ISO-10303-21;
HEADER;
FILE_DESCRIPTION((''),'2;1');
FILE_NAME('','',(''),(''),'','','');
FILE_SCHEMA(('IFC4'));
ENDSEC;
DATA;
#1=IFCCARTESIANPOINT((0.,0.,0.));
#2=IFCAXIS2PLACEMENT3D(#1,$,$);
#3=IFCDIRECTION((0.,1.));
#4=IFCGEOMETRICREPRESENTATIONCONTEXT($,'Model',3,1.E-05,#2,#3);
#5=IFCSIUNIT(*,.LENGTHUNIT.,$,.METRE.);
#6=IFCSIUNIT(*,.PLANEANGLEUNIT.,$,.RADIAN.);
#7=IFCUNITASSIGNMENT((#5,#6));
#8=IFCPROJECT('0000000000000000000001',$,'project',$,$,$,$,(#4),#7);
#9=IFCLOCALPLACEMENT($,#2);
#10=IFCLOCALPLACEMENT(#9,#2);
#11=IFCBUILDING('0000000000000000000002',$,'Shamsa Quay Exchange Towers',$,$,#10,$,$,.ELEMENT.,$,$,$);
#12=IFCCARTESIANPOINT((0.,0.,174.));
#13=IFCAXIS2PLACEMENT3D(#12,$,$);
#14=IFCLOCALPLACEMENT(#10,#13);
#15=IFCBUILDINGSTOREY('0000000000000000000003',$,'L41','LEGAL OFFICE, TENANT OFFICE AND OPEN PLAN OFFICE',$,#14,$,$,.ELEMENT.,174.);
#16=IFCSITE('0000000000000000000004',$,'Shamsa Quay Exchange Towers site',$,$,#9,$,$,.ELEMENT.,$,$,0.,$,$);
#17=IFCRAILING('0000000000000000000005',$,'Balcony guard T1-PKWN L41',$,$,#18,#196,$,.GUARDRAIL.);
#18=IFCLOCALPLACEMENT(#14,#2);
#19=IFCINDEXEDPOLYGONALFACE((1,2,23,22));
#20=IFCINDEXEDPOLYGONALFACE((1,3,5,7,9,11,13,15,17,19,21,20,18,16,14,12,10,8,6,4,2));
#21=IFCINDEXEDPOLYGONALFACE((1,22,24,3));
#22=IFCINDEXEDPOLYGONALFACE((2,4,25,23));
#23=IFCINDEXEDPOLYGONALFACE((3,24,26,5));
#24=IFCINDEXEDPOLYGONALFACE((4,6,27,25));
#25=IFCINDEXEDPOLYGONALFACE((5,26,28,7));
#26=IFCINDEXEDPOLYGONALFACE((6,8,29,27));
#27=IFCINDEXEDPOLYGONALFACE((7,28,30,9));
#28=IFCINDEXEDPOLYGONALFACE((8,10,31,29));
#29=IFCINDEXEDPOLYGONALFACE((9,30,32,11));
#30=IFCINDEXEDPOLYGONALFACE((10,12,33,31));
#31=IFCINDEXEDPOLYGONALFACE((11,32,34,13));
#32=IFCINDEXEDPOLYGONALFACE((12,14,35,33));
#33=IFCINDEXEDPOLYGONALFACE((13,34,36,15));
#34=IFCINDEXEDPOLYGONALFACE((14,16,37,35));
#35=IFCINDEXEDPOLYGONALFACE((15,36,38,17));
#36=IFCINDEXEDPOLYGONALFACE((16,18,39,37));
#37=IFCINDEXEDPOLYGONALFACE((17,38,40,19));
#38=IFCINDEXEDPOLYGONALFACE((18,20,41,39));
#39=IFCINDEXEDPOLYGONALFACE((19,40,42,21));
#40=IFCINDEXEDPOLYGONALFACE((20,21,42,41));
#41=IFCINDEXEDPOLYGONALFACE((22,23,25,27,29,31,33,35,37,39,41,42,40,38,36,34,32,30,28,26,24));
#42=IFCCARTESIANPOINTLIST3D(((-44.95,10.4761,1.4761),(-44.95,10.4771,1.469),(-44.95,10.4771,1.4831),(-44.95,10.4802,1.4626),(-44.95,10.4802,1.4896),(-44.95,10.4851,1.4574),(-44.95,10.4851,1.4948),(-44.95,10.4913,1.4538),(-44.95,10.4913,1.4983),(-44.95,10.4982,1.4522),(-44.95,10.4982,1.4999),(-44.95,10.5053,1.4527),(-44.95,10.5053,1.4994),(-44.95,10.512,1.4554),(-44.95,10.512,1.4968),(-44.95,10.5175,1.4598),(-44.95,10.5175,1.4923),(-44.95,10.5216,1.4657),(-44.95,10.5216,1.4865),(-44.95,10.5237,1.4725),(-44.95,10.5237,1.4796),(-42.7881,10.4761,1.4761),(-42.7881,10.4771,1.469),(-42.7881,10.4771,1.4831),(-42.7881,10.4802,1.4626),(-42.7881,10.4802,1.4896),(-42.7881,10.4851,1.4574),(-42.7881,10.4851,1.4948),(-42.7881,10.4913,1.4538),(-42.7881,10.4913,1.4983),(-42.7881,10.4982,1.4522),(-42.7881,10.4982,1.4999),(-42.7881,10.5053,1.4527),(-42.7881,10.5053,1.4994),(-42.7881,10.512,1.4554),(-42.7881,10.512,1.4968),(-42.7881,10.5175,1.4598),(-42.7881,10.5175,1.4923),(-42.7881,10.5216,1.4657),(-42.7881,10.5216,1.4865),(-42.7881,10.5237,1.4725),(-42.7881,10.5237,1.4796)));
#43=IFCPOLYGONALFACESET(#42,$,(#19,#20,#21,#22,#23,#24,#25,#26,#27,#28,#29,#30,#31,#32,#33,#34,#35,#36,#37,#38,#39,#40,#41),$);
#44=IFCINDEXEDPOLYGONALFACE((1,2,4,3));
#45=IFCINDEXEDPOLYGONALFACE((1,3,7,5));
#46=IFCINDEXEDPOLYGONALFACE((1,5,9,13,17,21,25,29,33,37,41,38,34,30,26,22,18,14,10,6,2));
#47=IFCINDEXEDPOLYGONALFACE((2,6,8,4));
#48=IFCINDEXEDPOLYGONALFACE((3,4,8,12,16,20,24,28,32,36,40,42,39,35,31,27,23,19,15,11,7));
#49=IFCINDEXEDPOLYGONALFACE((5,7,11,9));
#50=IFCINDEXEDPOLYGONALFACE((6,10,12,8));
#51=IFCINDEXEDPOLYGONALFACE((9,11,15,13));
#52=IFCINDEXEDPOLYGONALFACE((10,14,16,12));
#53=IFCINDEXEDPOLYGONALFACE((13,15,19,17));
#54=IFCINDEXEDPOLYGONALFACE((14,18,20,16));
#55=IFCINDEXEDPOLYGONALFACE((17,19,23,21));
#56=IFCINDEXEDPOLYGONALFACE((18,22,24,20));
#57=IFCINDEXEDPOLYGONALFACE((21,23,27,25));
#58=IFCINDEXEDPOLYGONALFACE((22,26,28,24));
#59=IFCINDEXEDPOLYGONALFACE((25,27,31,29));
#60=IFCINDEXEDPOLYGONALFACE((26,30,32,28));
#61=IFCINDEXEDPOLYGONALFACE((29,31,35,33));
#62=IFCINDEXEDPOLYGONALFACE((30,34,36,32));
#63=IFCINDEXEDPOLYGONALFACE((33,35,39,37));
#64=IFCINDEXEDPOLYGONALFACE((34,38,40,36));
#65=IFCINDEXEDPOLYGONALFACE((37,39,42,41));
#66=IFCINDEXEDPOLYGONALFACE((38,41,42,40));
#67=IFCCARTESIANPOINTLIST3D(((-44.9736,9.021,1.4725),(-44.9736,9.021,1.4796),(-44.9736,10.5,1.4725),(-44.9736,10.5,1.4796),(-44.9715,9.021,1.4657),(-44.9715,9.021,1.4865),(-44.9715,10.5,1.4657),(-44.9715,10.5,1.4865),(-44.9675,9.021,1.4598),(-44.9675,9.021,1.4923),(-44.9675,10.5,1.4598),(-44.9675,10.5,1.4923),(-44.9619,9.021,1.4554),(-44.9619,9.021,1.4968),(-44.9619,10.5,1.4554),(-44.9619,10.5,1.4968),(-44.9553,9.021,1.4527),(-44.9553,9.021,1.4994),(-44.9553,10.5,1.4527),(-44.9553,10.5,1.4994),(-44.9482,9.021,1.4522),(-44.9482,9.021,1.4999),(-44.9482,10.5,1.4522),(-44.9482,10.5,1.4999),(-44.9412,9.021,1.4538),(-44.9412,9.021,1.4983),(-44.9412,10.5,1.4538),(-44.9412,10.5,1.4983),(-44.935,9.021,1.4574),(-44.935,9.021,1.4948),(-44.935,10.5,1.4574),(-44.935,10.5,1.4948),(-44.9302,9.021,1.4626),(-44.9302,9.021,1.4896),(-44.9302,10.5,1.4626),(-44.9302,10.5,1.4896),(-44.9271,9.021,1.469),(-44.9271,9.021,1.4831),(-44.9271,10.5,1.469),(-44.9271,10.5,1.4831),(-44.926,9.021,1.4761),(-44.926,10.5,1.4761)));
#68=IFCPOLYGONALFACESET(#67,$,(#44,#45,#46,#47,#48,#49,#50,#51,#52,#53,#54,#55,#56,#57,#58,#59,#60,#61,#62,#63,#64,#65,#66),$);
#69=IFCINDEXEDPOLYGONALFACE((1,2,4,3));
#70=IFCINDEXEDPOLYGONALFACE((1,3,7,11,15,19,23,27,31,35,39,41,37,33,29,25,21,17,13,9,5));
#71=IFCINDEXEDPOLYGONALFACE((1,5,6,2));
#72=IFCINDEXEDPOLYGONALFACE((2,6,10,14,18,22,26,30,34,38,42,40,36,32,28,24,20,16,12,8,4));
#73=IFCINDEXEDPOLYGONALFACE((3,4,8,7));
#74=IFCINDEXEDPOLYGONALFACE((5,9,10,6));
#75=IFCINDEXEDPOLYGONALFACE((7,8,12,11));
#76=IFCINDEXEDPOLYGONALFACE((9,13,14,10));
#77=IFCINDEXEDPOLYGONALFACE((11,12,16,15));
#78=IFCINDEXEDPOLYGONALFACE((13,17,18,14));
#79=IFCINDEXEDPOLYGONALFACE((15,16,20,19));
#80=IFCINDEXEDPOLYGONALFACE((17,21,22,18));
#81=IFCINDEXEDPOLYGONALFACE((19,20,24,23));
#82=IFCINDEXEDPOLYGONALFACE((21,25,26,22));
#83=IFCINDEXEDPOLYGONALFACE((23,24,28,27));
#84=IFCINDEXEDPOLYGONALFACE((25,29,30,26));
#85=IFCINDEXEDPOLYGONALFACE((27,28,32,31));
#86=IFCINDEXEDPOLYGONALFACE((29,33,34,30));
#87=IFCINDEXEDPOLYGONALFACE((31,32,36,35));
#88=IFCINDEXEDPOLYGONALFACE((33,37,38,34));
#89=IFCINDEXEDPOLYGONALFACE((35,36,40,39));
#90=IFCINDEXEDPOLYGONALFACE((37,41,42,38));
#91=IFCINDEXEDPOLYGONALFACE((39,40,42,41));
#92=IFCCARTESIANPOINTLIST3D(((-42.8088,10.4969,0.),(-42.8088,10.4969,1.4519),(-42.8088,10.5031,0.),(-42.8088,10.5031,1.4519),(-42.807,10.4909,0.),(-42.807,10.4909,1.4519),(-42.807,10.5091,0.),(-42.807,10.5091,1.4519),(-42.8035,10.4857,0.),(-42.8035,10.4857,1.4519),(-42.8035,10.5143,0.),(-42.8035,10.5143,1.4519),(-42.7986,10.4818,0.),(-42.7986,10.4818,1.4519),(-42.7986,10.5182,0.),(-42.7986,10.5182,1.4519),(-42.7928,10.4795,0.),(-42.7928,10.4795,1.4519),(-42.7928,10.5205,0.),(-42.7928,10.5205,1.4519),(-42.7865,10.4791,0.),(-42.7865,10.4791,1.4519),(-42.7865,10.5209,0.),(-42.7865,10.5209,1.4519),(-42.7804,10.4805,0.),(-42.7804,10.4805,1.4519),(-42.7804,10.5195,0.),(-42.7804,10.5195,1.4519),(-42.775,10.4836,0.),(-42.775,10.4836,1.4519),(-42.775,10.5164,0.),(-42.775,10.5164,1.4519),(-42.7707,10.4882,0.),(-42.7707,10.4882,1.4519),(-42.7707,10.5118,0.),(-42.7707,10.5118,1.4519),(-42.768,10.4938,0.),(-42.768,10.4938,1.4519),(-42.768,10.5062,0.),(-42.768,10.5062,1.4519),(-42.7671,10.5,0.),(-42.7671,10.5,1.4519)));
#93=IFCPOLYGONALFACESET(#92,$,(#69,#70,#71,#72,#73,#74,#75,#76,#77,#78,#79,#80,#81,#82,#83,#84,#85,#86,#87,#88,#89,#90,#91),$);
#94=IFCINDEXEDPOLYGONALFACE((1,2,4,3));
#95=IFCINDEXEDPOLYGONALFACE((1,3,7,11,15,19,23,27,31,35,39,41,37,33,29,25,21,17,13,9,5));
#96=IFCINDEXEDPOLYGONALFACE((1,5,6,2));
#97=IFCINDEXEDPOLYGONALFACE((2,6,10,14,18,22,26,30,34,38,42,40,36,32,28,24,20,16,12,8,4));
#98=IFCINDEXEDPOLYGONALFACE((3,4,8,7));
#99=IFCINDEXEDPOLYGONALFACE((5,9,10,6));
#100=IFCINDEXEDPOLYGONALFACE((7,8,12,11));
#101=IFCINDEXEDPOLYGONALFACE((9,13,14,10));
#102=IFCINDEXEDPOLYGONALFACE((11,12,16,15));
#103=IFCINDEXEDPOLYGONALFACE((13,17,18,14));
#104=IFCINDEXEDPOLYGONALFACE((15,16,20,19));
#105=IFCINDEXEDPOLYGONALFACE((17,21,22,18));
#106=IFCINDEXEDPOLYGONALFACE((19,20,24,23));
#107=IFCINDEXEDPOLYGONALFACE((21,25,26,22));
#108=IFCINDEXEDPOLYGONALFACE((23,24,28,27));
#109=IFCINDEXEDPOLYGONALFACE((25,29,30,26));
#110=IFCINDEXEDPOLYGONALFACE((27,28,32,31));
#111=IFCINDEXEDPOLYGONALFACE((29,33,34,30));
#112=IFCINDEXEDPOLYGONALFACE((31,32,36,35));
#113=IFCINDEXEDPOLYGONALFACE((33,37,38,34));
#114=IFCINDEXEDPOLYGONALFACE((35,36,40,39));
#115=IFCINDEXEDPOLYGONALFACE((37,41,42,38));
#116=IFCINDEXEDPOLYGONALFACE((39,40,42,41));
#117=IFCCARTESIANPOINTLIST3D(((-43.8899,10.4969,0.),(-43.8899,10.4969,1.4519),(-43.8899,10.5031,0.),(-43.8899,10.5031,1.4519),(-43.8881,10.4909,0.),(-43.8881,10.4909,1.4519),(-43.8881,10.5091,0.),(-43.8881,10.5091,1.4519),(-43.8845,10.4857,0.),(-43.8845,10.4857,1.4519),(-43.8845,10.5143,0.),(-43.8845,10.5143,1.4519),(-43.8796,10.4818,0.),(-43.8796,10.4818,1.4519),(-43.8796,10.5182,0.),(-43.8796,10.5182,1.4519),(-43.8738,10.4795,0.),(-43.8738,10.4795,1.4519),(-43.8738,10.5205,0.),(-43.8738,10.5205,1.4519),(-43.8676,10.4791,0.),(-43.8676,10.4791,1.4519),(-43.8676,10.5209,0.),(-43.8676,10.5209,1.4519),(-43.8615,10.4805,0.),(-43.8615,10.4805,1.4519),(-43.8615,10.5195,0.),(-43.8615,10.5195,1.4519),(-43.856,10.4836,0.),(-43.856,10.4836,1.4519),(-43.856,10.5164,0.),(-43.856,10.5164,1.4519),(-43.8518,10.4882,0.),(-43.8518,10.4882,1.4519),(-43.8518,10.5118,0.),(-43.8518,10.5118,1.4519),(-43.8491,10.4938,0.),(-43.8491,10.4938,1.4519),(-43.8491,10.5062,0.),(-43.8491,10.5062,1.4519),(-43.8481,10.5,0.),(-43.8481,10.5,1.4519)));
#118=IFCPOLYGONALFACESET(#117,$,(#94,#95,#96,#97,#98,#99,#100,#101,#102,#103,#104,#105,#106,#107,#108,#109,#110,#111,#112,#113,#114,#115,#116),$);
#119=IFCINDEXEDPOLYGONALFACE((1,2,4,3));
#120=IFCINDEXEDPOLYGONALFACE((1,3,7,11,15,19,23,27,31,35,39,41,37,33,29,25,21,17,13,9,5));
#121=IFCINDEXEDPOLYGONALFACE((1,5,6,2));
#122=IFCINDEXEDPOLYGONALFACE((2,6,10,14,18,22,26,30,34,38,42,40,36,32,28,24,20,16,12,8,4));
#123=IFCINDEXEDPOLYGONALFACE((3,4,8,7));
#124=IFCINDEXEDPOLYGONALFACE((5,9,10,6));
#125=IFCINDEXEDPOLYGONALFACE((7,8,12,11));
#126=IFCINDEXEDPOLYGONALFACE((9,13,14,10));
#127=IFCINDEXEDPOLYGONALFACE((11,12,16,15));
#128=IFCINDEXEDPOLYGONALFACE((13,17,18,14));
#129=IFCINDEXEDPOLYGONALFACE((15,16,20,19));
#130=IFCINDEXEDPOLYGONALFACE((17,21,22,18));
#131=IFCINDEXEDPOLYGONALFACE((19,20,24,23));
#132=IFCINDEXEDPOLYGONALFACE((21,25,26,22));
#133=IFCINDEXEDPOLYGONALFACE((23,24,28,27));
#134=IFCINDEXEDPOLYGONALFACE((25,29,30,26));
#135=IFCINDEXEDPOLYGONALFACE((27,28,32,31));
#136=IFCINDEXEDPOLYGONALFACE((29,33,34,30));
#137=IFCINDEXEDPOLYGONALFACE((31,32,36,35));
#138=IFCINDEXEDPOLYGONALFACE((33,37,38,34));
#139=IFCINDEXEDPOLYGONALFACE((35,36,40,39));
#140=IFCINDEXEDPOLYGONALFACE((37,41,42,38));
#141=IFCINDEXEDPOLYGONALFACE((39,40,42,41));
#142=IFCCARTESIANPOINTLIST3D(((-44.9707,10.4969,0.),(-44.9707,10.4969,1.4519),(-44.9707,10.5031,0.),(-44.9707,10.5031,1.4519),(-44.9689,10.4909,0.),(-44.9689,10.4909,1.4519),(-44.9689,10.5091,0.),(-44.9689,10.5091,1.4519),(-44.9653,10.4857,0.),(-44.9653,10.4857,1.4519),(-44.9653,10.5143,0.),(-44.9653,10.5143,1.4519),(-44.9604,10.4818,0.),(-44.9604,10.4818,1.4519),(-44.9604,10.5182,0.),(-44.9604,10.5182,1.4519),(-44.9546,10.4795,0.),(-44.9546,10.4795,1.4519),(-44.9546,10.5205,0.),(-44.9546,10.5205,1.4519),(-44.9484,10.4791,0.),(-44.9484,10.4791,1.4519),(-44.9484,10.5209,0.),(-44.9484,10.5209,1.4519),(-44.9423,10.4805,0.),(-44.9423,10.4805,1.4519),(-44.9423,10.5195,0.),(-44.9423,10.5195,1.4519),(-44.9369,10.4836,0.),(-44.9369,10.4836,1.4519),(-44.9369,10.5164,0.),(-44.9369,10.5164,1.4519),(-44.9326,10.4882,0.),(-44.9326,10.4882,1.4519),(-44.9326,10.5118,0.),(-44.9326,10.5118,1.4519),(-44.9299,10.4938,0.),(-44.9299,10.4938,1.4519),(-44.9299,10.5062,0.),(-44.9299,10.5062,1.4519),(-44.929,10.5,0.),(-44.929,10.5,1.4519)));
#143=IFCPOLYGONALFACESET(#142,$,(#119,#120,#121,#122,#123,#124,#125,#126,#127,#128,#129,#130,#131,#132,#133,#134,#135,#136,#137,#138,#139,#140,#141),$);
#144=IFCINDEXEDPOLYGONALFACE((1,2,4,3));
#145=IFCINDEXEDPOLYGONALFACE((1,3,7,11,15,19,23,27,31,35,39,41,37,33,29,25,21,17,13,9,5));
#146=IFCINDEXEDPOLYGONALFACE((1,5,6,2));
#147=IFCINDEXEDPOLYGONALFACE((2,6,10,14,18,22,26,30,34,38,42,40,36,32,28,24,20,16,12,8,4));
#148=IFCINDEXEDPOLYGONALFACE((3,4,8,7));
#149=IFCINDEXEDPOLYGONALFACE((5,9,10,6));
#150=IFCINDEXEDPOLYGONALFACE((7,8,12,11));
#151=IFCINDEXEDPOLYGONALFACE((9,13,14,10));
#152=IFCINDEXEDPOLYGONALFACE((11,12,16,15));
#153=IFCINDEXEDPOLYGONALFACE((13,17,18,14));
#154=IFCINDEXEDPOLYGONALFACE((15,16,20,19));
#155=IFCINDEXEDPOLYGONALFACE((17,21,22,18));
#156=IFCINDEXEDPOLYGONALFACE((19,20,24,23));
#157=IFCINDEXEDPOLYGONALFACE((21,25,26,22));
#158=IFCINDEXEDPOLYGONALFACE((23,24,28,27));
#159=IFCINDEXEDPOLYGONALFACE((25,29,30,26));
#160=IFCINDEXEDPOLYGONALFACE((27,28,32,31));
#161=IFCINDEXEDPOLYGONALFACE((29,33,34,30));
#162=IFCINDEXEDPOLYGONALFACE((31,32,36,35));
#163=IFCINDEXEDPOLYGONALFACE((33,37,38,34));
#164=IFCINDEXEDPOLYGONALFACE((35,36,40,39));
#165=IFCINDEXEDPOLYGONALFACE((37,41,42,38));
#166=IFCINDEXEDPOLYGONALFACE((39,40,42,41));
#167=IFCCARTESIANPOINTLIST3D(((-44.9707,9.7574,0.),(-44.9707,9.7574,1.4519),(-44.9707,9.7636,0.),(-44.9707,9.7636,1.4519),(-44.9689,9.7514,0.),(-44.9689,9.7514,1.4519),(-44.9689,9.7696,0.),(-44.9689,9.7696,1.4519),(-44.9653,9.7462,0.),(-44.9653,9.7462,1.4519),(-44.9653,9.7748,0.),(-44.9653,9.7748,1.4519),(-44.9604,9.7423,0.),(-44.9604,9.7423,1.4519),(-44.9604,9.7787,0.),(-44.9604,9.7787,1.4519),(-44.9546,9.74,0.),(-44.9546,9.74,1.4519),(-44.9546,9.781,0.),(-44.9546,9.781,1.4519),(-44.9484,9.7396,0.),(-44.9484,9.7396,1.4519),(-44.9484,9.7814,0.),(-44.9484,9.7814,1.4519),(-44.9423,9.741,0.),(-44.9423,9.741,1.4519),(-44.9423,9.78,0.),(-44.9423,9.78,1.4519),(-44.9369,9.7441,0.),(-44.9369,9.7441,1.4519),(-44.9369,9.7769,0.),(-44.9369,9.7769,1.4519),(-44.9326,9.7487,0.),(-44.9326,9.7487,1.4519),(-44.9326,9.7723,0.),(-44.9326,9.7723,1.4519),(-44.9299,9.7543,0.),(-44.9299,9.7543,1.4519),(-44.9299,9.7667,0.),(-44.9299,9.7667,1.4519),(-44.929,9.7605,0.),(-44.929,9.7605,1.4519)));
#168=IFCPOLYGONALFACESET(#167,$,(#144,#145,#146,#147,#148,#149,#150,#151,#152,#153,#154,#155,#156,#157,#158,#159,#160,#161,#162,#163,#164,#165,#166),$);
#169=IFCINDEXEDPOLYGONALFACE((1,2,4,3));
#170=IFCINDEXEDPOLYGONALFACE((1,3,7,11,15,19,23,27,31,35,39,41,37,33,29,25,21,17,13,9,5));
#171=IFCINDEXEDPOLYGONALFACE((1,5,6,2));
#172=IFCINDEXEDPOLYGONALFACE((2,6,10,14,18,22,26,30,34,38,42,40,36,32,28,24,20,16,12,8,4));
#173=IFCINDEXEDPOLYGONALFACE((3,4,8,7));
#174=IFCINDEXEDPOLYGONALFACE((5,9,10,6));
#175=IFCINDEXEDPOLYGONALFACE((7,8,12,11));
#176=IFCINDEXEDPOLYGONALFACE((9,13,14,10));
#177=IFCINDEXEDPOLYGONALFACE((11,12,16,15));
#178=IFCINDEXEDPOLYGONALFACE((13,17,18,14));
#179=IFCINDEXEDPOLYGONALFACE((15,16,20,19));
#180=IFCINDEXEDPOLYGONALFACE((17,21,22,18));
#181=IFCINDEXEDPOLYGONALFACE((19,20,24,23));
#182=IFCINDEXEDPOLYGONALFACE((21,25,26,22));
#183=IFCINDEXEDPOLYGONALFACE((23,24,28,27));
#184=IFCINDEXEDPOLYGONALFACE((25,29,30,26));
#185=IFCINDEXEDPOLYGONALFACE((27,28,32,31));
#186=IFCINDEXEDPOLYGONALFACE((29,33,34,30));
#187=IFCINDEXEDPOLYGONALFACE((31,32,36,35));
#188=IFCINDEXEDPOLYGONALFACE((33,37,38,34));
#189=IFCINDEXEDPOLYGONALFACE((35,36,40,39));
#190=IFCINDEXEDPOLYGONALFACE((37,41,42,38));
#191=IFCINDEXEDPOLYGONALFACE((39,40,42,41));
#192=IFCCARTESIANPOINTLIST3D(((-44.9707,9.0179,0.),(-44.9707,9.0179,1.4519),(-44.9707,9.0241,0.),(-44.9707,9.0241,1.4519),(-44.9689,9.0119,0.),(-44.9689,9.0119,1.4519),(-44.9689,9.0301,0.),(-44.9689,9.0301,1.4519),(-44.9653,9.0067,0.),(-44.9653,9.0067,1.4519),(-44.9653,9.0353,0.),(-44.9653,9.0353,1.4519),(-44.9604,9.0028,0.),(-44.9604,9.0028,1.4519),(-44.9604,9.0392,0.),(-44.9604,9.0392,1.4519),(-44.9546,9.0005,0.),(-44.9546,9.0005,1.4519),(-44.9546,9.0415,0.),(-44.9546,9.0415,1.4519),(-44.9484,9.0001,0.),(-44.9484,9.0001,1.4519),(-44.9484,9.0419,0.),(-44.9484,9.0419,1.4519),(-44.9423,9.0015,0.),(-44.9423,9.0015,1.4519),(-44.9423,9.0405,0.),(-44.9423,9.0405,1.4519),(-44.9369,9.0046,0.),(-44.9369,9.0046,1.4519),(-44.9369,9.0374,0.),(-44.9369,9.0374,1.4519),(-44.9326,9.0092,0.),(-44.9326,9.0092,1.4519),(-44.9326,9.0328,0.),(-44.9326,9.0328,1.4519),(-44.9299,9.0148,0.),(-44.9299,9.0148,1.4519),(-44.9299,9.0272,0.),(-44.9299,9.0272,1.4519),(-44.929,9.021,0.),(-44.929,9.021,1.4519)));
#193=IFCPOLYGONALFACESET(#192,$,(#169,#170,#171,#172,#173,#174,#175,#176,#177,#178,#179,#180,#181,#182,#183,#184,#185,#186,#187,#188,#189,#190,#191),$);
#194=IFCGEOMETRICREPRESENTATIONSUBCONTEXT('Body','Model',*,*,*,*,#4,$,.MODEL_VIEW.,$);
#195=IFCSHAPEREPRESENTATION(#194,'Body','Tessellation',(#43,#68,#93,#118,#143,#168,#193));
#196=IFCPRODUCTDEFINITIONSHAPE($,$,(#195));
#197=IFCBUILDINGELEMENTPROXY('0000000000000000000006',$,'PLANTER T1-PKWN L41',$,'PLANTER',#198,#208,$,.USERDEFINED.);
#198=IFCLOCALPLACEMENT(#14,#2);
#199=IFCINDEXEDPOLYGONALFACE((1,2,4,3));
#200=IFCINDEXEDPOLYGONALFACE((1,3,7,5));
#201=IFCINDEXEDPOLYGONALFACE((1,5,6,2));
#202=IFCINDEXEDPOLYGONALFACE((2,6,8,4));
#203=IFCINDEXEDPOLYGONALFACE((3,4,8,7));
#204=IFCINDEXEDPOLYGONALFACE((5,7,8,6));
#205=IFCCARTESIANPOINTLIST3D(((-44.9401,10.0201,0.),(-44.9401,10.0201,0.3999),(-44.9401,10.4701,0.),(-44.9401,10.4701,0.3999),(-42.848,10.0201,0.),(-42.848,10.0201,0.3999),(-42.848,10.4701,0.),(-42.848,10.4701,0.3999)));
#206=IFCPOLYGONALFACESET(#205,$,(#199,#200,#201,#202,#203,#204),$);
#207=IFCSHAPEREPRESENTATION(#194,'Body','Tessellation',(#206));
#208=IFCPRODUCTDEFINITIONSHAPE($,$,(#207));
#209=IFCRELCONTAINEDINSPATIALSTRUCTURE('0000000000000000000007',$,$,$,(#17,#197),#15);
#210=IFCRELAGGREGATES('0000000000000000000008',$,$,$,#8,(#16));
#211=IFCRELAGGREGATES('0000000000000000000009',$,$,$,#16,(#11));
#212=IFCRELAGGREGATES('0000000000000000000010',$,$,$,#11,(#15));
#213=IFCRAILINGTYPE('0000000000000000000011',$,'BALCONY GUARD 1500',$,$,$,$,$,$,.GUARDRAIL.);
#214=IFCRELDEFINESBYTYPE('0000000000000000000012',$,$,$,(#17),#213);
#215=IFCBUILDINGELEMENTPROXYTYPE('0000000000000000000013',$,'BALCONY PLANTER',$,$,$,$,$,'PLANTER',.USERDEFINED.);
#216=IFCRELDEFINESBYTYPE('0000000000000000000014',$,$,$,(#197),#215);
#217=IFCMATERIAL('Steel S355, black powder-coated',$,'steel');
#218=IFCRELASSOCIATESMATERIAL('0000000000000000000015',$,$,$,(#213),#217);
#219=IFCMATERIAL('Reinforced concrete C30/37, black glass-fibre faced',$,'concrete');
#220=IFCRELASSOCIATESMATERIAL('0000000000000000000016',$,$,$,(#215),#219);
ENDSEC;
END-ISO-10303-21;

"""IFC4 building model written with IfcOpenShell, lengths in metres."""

from ifc_helpers import new_model, si_unit, direction, frame, origin, origin_2d, place, context, subcontext, project, spatial, rectangle, circle, extrude, material, type_object, element, save


model = new_model("IFC4")

# Units and contexts
model_context = context("Model", 3, precision=1e-05, world=origin(), true_north=direction((0.0, 1.0)))
body_context = subcontext(model_context, "Body", "Model", "MODEL_VIEW")
ifc_project = project(units=[si_unit("LENGTHUNIT", "METRE"), si_unit("PLANEANGLEUNIT", "RADIAN")], contexts=[model_context])

# Site, building, storey
site_placement = place(None, origin())
site = spatial("IfcSite", under=ifc_project, at=site_placement, Name="Shamsa Quay Exchange Towers site", CompositionType="ELEMENT", RefElevation=0.0)
building_placement = place(site_placement, origin())
building = spatial("IfcBuilding", under=site, at=building_placement, Name="Shamsa Quay Exchange Towers", CompositionType="ELEMENT")
storey_placement = place(building_placement, frame((0.0, 0.0, 174.0)))
storey = spatial("IfcBuildingStorey", under=building, at=storey_placement, Name="L41", Description="LEGAL OFFICE, TENANT OFFICE AND OPEN PLAN OFFICE", CompositionType="ELEMENT", Elevation=174.0)

# Railing
ifc_material_1 = material(Name="Steel S355, black powder-coated", Category="steel")
railing_type_1 = type_object("IfcRailingType", Name="BALCONY GUARD 1500", PredefinedType="GUARDRAIL", material=ifc_material_1)
railing_1_placement = place(storey_placement, frame((-42.7881, 10.5, 0.0)))
element("IfcRailing", 1, at=railing_1_placement, inside=storey, type_object=railing_type_1, Name="Balcony guard T1-PKWN L41", PredefinedType="GUARDRAIL", context=body_context, shape_type="SweptSolid", body=[
    extrude(circle(Radius=0.0239, at=origin_2d()), frame((0.0, 0.0, 1.4761), z_axis=(-1.0, 0.0, 0.0), x_axis=(0.0, -1.0, 0.0)), (0.0, 0.0, 1.0), 2.1619),
    extrude(circle(Radius=0.0239, at=origin_2d()), frame((-2.1619, 0.0, 1.4761), z_axis=(0.0, -1.0, 0.0), x_axis=(1.0, 0.0, 0.0)), (0.0, 0.0, 1.0), 1.479),
    extrude(circle(Radius=0.021, at=origin_2d()), origin(), (0.0, 0.0, 1.0), 1.4519),
    extrude(circle(Radius=0.021, at=origin_2d()), frame((-1.0811, 0.0, 0.0)), (0.0, 0.0, 1.0), 1.4519),
    extrude(circle(Radius=0.021, at=origin_2d()), frame((-2.1619, 0.0, 0.0)), (0.0, 0.0, 1.0), 1.4519),
    extrude(circle(Radius=0.021, at=origin_2d()), frame((-2.1619, -0.7395, 0.0)), (0.0, 0.0, 1.0), 1.4519),
    extrude(circle(Radius=0.021, at=origin_2d()), frame((-2.1619, -1.479, 0.0)), (0.0, 0.0, 1.0), 1.4519),
])

# Building element proxy
ifc_material_2 = material(Name="Reinforced concrete C30/37, black glass-fibre faced", Category="concrete")
building_element_proxy_type = type_object("IfcBuildingElementProxyType", Name="BALCONY PLANTER", ElementType="PLANTER", PredefinedType="USERDEFINED", material=ifc_material_2)
proxy_placement = place(storey_placement, frame((-43.894, 10.2451, 0.0), z_axis=(0.0, 0.0, 1.0), x_axis=(-1.0, 0.0, 0.0)))
element("IfcBuildingElementProxy", 2, at=proxy_placement, inside=storey, type_object=building_element_proxy_type, Name="PLANTER T1-PKWN L41", ObjectType="PLANTER", PredefinedType="USERDEFINED", context=body_context, shape_type="SweptSolid", body=[
    extrude(rectangle(XDim=2.092, YDim=0.45, at=origin_2d()), origin(), (0.0, 0.0, 1.0), 0.3999),
])

save(model, "model.ifc")
